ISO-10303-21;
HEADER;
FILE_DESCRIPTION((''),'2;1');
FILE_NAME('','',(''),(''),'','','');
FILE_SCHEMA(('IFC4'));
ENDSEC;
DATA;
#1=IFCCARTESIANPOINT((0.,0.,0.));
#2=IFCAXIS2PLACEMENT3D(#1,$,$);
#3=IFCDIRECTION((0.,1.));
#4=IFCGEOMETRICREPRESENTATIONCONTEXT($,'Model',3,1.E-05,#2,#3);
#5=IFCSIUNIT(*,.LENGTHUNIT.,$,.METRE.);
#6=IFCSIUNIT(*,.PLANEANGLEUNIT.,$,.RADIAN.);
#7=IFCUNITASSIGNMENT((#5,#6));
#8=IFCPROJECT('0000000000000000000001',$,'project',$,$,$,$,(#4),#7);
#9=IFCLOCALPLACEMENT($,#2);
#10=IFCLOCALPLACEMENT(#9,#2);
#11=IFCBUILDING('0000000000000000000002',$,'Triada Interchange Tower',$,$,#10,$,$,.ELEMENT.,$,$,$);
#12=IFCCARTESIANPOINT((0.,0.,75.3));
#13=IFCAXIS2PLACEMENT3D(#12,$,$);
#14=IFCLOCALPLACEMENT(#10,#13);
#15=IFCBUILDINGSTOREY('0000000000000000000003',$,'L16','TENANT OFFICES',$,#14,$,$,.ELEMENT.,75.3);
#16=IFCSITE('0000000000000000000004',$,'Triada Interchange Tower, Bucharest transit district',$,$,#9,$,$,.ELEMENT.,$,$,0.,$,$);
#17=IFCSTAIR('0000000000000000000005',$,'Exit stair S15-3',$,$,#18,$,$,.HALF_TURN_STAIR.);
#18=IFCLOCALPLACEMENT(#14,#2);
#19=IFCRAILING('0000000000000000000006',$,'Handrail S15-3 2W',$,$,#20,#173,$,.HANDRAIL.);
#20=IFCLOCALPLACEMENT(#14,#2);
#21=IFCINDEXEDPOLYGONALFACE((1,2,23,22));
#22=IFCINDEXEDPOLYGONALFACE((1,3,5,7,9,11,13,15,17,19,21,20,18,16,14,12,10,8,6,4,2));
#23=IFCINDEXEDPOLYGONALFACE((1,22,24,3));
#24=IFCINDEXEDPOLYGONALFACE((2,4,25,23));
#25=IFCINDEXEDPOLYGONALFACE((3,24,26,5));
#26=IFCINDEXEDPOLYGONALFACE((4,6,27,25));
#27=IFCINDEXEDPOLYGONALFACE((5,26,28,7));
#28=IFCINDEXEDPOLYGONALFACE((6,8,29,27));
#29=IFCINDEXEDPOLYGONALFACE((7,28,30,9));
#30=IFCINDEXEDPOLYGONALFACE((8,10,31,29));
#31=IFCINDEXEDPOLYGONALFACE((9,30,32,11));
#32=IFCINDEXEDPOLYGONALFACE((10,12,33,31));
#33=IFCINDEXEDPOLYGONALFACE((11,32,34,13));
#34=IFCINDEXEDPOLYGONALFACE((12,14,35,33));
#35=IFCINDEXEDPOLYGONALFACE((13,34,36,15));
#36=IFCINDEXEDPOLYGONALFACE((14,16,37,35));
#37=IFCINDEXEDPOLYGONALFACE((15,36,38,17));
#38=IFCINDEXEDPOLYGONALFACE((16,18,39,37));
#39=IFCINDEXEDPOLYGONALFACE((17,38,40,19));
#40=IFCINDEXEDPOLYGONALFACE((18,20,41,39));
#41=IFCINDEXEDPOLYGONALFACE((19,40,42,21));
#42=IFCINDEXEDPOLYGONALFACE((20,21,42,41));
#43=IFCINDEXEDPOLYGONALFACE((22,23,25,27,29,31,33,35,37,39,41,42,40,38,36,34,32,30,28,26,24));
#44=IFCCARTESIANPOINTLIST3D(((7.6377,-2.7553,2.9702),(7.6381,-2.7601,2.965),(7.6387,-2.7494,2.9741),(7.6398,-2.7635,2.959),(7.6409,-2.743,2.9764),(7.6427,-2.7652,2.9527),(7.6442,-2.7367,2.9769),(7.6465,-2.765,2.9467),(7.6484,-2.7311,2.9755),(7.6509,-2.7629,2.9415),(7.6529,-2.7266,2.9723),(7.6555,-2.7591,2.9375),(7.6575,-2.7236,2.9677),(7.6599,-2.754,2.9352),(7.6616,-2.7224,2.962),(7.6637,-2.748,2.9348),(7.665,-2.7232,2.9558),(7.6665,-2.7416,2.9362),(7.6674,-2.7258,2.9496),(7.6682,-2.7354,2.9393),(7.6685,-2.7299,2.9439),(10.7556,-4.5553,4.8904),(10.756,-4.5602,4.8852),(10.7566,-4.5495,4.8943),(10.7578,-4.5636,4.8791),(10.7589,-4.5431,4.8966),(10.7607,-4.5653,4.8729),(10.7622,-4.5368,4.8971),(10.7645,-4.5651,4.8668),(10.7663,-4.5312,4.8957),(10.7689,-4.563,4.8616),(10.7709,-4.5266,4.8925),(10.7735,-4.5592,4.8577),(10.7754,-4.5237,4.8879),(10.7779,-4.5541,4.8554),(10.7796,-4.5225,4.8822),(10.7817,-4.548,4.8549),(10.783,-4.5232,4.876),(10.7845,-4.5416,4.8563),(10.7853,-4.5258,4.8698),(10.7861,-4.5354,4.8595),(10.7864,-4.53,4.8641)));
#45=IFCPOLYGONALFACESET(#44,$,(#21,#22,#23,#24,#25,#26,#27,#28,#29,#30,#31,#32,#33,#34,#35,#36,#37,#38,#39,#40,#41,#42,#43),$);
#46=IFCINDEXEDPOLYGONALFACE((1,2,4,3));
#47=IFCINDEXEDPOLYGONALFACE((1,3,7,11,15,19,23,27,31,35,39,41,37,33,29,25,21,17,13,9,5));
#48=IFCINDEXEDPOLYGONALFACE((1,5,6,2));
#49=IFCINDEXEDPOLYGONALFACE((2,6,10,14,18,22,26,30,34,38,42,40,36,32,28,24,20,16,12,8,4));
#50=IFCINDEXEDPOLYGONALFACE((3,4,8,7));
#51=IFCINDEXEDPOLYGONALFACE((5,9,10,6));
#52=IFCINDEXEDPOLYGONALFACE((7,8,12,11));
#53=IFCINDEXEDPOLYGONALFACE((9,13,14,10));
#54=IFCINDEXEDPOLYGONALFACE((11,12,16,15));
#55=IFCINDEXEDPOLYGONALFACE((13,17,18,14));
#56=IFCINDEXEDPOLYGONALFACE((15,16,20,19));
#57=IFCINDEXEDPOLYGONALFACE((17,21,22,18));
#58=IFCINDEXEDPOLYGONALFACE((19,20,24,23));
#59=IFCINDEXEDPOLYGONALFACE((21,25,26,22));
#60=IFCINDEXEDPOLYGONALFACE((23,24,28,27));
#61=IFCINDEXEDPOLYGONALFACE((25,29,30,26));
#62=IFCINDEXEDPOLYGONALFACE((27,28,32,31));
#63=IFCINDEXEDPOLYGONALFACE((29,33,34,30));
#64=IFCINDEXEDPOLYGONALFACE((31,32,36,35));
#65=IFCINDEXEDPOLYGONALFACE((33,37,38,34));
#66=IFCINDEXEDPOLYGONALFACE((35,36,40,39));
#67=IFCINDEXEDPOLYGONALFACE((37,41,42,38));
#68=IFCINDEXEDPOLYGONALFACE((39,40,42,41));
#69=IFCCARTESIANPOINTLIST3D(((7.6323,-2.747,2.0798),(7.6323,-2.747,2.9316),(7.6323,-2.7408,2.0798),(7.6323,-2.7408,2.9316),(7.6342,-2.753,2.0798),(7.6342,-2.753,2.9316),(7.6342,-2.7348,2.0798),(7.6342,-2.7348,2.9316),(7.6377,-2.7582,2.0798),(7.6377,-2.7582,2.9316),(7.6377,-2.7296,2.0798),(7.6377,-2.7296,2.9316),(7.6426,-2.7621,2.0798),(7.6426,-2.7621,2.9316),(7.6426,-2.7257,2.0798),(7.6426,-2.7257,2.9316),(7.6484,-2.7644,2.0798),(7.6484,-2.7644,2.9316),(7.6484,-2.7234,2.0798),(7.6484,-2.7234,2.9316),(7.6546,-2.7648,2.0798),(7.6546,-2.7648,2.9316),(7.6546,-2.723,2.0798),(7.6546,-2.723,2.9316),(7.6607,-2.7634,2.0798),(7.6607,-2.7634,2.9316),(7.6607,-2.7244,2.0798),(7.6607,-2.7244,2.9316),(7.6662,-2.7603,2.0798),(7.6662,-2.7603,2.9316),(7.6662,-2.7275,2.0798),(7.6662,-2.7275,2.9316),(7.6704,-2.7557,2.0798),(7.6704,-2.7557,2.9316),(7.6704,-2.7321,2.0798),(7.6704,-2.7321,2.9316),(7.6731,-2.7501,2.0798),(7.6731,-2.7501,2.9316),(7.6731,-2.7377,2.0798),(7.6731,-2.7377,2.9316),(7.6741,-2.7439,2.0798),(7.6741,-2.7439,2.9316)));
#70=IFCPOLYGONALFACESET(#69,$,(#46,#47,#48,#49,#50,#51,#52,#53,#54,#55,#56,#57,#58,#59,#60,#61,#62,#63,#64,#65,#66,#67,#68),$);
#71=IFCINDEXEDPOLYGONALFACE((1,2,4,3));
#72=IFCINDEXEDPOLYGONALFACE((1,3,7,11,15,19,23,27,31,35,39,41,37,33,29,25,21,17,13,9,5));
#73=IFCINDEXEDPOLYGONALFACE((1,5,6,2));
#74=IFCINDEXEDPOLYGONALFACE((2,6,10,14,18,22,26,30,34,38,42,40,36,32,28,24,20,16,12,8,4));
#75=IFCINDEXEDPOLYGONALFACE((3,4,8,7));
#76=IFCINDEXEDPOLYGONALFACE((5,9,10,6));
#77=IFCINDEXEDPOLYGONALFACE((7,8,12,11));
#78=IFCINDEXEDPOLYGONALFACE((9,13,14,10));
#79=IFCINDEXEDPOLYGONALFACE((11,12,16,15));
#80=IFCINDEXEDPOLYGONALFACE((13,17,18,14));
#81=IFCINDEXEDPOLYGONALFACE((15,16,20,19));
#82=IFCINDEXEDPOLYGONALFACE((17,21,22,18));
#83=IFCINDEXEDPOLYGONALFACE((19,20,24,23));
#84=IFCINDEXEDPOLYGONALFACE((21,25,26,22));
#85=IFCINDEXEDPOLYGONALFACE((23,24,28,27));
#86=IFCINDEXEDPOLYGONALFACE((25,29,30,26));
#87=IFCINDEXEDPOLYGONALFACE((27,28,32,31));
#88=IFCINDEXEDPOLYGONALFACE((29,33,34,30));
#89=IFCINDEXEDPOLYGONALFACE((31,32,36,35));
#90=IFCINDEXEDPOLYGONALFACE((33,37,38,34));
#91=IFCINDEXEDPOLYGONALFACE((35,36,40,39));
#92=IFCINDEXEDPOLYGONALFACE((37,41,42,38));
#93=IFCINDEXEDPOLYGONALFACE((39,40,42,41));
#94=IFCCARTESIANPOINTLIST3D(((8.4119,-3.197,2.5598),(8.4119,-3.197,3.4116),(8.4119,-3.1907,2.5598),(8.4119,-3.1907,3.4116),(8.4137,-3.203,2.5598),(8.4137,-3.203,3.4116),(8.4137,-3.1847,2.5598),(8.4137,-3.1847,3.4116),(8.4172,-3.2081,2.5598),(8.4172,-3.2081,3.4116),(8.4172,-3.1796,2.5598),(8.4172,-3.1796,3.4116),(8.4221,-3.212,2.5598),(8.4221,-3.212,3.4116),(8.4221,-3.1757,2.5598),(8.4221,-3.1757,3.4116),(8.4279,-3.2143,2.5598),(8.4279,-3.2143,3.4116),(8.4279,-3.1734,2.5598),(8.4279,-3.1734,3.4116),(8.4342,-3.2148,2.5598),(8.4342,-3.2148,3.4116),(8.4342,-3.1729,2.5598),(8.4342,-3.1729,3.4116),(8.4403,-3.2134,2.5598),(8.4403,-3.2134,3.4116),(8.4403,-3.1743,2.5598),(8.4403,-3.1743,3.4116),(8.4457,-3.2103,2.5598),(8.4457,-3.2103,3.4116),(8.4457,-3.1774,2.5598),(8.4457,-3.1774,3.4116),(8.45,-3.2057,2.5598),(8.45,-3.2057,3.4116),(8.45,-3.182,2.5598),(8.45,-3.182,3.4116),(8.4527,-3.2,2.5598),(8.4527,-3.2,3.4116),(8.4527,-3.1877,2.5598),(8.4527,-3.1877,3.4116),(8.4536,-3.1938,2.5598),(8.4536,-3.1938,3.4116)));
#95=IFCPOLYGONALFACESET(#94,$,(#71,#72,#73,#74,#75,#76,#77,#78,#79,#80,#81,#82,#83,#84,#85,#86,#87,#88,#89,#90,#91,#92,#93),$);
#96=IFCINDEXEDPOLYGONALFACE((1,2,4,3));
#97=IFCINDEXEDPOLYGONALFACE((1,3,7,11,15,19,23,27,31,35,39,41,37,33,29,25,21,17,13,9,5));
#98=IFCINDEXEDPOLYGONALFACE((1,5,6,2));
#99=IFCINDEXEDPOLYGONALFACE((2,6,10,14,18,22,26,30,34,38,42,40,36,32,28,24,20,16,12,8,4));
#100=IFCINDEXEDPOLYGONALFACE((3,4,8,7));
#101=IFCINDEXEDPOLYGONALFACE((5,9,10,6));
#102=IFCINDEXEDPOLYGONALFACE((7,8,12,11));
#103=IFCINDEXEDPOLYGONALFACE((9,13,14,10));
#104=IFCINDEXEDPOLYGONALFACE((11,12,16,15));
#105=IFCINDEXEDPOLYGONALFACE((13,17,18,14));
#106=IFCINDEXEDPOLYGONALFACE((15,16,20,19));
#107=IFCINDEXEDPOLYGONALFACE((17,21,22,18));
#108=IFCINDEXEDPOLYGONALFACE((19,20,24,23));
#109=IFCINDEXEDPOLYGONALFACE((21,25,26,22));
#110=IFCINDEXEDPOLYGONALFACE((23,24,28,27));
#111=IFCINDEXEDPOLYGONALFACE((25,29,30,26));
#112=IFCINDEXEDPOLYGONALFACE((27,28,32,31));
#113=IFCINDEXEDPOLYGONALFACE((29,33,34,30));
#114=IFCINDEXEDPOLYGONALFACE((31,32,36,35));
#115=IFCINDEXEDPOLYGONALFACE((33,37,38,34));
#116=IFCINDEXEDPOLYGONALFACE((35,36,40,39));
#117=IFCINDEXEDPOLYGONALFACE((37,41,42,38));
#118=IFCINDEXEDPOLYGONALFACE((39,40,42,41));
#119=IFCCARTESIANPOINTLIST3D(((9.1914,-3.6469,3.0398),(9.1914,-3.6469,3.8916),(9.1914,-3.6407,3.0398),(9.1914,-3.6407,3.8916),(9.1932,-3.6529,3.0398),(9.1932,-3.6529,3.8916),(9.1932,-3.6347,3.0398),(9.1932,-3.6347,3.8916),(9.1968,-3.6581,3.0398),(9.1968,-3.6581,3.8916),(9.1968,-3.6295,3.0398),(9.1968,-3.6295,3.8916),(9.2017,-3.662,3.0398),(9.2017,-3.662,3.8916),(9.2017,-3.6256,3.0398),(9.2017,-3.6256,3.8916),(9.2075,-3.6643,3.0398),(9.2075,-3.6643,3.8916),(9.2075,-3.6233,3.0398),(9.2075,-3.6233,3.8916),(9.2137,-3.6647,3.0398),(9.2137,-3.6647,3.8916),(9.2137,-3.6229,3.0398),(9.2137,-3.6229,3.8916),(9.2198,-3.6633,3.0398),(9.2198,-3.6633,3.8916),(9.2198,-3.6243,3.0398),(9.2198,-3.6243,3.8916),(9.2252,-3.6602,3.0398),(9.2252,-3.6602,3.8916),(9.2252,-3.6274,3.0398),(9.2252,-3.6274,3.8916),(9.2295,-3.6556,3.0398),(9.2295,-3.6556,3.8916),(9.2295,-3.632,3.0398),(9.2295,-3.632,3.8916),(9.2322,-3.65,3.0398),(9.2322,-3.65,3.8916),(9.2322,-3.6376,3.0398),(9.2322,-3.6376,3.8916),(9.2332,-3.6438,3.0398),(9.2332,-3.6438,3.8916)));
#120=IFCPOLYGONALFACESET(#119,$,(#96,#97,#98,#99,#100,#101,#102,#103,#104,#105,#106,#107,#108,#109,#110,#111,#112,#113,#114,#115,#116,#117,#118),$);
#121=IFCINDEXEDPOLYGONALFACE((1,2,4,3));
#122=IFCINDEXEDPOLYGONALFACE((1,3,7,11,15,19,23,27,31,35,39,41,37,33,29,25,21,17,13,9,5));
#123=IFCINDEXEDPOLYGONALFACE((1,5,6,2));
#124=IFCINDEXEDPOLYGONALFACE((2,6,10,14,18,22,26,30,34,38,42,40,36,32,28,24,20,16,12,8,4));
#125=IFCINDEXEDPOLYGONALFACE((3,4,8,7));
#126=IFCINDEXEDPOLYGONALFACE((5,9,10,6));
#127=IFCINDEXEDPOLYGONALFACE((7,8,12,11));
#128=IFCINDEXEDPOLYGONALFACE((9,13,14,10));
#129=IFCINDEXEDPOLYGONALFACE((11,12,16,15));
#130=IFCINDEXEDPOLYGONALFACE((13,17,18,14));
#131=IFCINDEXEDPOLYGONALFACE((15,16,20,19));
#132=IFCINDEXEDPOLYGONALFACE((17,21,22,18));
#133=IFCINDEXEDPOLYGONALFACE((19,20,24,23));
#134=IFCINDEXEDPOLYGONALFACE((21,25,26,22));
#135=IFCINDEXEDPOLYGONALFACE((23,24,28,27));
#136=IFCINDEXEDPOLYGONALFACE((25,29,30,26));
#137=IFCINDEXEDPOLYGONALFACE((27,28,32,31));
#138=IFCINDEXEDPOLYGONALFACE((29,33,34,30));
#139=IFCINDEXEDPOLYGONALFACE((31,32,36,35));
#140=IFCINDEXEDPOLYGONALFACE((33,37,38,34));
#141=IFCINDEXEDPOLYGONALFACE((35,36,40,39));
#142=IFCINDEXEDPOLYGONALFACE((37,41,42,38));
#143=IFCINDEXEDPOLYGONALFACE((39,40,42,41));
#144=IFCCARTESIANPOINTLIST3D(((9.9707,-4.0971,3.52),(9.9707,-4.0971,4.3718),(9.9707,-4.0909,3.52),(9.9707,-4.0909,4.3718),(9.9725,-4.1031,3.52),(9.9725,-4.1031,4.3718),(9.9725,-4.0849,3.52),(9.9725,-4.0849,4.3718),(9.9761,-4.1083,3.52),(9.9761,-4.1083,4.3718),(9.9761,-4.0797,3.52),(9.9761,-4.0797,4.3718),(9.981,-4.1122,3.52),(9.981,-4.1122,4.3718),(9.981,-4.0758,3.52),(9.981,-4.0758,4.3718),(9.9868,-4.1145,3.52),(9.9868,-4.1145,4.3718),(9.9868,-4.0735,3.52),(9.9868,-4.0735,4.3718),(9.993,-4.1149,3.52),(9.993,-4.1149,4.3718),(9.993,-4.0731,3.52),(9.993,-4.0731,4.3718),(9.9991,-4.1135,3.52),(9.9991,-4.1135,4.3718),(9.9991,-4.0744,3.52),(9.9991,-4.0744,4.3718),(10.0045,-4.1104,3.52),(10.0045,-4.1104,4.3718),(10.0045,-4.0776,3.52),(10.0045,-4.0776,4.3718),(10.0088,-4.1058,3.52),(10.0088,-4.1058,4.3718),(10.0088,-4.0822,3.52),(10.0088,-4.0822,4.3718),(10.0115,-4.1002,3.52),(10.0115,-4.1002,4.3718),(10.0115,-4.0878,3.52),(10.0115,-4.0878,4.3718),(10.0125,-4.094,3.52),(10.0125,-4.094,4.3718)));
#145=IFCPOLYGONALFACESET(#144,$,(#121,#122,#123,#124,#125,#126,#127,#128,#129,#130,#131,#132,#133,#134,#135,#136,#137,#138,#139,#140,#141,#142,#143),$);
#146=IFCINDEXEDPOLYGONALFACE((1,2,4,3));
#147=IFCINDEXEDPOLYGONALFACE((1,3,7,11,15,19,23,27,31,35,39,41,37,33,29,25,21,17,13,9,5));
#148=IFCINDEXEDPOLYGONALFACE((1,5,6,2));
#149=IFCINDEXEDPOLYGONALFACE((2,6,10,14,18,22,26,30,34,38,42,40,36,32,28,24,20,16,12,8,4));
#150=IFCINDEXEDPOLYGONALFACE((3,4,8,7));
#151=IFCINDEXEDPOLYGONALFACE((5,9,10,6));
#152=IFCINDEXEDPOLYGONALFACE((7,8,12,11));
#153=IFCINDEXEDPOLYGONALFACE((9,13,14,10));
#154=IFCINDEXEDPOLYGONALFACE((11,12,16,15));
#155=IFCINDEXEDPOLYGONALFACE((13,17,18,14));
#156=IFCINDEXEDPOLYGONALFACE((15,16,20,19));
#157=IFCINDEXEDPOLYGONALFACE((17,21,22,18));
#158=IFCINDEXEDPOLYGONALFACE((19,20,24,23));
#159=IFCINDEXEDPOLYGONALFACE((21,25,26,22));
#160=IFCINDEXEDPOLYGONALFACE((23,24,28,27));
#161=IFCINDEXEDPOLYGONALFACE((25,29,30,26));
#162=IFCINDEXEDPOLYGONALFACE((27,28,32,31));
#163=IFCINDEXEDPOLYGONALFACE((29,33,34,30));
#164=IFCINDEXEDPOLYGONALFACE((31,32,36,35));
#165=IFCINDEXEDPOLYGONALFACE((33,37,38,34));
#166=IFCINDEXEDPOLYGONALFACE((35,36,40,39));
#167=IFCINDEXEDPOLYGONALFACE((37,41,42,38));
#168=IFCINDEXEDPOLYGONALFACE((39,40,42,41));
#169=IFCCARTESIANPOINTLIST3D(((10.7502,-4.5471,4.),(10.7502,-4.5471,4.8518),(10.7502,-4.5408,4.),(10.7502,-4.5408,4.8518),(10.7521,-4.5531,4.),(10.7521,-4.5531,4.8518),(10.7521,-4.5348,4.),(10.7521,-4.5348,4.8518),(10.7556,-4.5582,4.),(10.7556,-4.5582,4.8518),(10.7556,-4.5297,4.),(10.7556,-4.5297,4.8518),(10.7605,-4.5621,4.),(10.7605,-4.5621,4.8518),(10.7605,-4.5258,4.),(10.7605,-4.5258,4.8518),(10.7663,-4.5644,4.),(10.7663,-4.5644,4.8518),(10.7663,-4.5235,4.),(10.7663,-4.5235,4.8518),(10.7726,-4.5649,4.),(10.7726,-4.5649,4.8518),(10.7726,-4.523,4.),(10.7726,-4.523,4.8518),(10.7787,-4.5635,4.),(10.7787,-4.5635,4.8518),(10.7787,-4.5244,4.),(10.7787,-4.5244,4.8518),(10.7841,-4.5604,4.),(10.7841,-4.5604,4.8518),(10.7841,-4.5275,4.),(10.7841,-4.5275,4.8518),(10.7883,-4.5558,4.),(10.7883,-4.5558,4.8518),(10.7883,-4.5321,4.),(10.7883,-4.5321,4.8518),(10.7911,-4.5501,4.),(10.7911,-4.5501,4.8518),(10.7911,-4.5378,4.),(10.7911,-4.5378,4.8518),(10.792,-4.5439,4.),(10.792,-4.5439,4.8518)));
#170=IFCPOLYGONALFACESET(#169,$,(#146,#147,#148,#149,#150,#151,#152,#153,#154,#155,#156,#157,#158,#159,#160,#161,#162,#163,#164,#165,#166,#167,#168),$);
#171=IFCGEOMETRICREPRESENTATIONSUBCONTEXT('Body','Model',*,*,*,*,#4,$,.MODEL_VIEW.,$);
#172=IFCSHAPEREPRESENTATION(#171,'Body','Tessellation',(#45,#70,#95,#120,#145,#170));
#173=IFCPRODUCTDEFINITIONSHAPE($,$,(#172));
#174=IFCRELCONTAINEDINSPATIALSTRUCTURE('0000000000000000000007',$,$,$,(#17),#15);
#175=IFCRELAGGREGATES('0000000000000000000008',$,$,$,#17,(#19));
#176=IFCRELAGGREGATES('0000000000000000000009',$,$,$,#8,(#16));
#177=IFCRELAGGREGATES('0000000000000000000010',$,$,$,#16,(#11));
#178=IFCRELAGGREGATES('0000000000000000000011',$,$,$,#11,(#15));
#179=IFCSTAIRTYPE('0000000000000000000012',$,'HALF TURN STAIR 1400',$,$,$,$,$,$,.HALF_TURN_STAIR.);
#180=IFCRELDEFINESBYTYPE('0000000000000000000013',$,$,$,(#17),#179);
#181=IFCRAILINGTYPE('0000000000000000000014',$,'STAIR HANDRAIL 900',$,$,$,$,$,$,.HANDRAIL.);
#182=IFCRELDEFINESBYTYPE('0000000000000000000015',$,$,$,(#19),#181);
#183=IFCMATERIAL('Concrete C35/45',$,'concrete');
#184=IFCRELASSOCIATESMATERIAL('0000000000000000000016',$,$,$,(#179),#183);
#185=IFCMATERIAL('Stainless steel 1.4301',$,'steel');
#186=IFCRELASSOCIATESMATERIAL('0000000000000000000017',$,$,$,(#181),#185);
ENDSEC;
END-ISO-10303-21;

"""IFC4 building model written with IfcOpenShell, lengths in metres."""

from ifc_helpers import new_model, si_unit, direction, frame, origin, origin_2d, place, context, subcontext, project, spatial, circle, extrude, material, type_object, element, aggregate, save


model = new_model("IFC4")

# Units and contexts
model_context = context("Model", 3, precision=1e-05, world=origin(), true_north=direction((0.0, 1.0)))
body_context = subcontext(model_context, "Body", "Model", "MODEL_VIEW")
ifc_project = project(units=[si_unit("LENGTHUNIT", "METRE"), si_unit("PLANEANGLEUNIT", "RADIAN")], contexts=[model_context])

# Site, building, storey
site_placement = place(None, origin())
site = spatial("IfcSite", under=ifc_project, at=site_placement, Name="Triada Interchange Tower, Bucharest transit district", CompositionType="ELEMENT", RefElevation=0.0)
building_placement = place(site_placement, origin())
building = spatial("IfcBuilding", under=site, at=building_placement, Name="Triada Interchange Tower", CompositionType="ELEMENT")
storey_placement = place(building_placement, frame((0.0, 0.0, 75.3)))
storey = spatial("IfcBuildingStorey", under=building, at=storey_placement, Name="L16", Description="TENANT OFFICES", CompositionType="ELEMENT", Elevation=75.3)

# Stair, railing
ifc_material_1 = material(Name="Concrete C35/45", Category="concrete")
stair_type = type_object("IfcStairType", Name="HALF TURN STAIR 1400", PredefinedType="HALF_TURN_STAIR", material=ifc_material_1)
stair_placement = place(storey_placement, origin())
stair = element("IfcStair", 1, at=stair_placement, inside=storey, type_object=stair_type, Name="Exit stair S15-3", PredefinedType="HALF_TURN_STAIR")
ifc_material_2 = material(Name="Stainless steel 1.4301", Category="steel")
railing_type = type_object("IfcRailingType", Name="STAIR HANDRAIL 900", PredefinedType="HANDRAIL", material=ifc_material_2)
railing_1_placement = place(storey_placement, frame((7.6531, -2.7439, 2.0798)))
railing_1 = element("IfcRailing", 2, at=railing_1_placement, type_object=railing_type, Name="Handrail S15-3 2W", PredefinedType="HANDRAIL", context=body_context, shape_type="SweptSolid", body=[
    extrude(circle(Radius=0.0239, at=origin_2d()), frame((0.0, 0.0, 0.876), z_axis=(0.764145, -0.441159, 0.470597), x_axis=(0.499983, 0.866035, 0.0)), (0.0, 0.0, 1.0), 4.0803),
    extrude(circle(Radius=0.021, at=origin_2d()), origin(), (0.0, 0.0, 1.0), 0.8518),
    extrude(circle(Radius=0.021, at=origin_2d()), frame((0.7795, -0.45, 0.48)), (0.0, 0.0, 1.0), 0.8518),
    extrude(circle(Radius=0.021, at=origin_2d()), frame((1.5591, -0.8999, 0.96)), (0.0, 0.0, 1.0), 0.8518),
    extrude(circle(Radius=0.021, at=origin_2d()), frame((2.3384, -1.3501, 1.4402)), (0.0, 0.0, 1.0), 0.8518),
    extrude(circle(Radius=0.021, at=origin_2d()), frame((3.1179, -1.8, 1.9202)), (0.0, 0.0, 1.0), 0.8518),
])
aggregate(stair, [railing_1])

save(model, "model.ifc")
